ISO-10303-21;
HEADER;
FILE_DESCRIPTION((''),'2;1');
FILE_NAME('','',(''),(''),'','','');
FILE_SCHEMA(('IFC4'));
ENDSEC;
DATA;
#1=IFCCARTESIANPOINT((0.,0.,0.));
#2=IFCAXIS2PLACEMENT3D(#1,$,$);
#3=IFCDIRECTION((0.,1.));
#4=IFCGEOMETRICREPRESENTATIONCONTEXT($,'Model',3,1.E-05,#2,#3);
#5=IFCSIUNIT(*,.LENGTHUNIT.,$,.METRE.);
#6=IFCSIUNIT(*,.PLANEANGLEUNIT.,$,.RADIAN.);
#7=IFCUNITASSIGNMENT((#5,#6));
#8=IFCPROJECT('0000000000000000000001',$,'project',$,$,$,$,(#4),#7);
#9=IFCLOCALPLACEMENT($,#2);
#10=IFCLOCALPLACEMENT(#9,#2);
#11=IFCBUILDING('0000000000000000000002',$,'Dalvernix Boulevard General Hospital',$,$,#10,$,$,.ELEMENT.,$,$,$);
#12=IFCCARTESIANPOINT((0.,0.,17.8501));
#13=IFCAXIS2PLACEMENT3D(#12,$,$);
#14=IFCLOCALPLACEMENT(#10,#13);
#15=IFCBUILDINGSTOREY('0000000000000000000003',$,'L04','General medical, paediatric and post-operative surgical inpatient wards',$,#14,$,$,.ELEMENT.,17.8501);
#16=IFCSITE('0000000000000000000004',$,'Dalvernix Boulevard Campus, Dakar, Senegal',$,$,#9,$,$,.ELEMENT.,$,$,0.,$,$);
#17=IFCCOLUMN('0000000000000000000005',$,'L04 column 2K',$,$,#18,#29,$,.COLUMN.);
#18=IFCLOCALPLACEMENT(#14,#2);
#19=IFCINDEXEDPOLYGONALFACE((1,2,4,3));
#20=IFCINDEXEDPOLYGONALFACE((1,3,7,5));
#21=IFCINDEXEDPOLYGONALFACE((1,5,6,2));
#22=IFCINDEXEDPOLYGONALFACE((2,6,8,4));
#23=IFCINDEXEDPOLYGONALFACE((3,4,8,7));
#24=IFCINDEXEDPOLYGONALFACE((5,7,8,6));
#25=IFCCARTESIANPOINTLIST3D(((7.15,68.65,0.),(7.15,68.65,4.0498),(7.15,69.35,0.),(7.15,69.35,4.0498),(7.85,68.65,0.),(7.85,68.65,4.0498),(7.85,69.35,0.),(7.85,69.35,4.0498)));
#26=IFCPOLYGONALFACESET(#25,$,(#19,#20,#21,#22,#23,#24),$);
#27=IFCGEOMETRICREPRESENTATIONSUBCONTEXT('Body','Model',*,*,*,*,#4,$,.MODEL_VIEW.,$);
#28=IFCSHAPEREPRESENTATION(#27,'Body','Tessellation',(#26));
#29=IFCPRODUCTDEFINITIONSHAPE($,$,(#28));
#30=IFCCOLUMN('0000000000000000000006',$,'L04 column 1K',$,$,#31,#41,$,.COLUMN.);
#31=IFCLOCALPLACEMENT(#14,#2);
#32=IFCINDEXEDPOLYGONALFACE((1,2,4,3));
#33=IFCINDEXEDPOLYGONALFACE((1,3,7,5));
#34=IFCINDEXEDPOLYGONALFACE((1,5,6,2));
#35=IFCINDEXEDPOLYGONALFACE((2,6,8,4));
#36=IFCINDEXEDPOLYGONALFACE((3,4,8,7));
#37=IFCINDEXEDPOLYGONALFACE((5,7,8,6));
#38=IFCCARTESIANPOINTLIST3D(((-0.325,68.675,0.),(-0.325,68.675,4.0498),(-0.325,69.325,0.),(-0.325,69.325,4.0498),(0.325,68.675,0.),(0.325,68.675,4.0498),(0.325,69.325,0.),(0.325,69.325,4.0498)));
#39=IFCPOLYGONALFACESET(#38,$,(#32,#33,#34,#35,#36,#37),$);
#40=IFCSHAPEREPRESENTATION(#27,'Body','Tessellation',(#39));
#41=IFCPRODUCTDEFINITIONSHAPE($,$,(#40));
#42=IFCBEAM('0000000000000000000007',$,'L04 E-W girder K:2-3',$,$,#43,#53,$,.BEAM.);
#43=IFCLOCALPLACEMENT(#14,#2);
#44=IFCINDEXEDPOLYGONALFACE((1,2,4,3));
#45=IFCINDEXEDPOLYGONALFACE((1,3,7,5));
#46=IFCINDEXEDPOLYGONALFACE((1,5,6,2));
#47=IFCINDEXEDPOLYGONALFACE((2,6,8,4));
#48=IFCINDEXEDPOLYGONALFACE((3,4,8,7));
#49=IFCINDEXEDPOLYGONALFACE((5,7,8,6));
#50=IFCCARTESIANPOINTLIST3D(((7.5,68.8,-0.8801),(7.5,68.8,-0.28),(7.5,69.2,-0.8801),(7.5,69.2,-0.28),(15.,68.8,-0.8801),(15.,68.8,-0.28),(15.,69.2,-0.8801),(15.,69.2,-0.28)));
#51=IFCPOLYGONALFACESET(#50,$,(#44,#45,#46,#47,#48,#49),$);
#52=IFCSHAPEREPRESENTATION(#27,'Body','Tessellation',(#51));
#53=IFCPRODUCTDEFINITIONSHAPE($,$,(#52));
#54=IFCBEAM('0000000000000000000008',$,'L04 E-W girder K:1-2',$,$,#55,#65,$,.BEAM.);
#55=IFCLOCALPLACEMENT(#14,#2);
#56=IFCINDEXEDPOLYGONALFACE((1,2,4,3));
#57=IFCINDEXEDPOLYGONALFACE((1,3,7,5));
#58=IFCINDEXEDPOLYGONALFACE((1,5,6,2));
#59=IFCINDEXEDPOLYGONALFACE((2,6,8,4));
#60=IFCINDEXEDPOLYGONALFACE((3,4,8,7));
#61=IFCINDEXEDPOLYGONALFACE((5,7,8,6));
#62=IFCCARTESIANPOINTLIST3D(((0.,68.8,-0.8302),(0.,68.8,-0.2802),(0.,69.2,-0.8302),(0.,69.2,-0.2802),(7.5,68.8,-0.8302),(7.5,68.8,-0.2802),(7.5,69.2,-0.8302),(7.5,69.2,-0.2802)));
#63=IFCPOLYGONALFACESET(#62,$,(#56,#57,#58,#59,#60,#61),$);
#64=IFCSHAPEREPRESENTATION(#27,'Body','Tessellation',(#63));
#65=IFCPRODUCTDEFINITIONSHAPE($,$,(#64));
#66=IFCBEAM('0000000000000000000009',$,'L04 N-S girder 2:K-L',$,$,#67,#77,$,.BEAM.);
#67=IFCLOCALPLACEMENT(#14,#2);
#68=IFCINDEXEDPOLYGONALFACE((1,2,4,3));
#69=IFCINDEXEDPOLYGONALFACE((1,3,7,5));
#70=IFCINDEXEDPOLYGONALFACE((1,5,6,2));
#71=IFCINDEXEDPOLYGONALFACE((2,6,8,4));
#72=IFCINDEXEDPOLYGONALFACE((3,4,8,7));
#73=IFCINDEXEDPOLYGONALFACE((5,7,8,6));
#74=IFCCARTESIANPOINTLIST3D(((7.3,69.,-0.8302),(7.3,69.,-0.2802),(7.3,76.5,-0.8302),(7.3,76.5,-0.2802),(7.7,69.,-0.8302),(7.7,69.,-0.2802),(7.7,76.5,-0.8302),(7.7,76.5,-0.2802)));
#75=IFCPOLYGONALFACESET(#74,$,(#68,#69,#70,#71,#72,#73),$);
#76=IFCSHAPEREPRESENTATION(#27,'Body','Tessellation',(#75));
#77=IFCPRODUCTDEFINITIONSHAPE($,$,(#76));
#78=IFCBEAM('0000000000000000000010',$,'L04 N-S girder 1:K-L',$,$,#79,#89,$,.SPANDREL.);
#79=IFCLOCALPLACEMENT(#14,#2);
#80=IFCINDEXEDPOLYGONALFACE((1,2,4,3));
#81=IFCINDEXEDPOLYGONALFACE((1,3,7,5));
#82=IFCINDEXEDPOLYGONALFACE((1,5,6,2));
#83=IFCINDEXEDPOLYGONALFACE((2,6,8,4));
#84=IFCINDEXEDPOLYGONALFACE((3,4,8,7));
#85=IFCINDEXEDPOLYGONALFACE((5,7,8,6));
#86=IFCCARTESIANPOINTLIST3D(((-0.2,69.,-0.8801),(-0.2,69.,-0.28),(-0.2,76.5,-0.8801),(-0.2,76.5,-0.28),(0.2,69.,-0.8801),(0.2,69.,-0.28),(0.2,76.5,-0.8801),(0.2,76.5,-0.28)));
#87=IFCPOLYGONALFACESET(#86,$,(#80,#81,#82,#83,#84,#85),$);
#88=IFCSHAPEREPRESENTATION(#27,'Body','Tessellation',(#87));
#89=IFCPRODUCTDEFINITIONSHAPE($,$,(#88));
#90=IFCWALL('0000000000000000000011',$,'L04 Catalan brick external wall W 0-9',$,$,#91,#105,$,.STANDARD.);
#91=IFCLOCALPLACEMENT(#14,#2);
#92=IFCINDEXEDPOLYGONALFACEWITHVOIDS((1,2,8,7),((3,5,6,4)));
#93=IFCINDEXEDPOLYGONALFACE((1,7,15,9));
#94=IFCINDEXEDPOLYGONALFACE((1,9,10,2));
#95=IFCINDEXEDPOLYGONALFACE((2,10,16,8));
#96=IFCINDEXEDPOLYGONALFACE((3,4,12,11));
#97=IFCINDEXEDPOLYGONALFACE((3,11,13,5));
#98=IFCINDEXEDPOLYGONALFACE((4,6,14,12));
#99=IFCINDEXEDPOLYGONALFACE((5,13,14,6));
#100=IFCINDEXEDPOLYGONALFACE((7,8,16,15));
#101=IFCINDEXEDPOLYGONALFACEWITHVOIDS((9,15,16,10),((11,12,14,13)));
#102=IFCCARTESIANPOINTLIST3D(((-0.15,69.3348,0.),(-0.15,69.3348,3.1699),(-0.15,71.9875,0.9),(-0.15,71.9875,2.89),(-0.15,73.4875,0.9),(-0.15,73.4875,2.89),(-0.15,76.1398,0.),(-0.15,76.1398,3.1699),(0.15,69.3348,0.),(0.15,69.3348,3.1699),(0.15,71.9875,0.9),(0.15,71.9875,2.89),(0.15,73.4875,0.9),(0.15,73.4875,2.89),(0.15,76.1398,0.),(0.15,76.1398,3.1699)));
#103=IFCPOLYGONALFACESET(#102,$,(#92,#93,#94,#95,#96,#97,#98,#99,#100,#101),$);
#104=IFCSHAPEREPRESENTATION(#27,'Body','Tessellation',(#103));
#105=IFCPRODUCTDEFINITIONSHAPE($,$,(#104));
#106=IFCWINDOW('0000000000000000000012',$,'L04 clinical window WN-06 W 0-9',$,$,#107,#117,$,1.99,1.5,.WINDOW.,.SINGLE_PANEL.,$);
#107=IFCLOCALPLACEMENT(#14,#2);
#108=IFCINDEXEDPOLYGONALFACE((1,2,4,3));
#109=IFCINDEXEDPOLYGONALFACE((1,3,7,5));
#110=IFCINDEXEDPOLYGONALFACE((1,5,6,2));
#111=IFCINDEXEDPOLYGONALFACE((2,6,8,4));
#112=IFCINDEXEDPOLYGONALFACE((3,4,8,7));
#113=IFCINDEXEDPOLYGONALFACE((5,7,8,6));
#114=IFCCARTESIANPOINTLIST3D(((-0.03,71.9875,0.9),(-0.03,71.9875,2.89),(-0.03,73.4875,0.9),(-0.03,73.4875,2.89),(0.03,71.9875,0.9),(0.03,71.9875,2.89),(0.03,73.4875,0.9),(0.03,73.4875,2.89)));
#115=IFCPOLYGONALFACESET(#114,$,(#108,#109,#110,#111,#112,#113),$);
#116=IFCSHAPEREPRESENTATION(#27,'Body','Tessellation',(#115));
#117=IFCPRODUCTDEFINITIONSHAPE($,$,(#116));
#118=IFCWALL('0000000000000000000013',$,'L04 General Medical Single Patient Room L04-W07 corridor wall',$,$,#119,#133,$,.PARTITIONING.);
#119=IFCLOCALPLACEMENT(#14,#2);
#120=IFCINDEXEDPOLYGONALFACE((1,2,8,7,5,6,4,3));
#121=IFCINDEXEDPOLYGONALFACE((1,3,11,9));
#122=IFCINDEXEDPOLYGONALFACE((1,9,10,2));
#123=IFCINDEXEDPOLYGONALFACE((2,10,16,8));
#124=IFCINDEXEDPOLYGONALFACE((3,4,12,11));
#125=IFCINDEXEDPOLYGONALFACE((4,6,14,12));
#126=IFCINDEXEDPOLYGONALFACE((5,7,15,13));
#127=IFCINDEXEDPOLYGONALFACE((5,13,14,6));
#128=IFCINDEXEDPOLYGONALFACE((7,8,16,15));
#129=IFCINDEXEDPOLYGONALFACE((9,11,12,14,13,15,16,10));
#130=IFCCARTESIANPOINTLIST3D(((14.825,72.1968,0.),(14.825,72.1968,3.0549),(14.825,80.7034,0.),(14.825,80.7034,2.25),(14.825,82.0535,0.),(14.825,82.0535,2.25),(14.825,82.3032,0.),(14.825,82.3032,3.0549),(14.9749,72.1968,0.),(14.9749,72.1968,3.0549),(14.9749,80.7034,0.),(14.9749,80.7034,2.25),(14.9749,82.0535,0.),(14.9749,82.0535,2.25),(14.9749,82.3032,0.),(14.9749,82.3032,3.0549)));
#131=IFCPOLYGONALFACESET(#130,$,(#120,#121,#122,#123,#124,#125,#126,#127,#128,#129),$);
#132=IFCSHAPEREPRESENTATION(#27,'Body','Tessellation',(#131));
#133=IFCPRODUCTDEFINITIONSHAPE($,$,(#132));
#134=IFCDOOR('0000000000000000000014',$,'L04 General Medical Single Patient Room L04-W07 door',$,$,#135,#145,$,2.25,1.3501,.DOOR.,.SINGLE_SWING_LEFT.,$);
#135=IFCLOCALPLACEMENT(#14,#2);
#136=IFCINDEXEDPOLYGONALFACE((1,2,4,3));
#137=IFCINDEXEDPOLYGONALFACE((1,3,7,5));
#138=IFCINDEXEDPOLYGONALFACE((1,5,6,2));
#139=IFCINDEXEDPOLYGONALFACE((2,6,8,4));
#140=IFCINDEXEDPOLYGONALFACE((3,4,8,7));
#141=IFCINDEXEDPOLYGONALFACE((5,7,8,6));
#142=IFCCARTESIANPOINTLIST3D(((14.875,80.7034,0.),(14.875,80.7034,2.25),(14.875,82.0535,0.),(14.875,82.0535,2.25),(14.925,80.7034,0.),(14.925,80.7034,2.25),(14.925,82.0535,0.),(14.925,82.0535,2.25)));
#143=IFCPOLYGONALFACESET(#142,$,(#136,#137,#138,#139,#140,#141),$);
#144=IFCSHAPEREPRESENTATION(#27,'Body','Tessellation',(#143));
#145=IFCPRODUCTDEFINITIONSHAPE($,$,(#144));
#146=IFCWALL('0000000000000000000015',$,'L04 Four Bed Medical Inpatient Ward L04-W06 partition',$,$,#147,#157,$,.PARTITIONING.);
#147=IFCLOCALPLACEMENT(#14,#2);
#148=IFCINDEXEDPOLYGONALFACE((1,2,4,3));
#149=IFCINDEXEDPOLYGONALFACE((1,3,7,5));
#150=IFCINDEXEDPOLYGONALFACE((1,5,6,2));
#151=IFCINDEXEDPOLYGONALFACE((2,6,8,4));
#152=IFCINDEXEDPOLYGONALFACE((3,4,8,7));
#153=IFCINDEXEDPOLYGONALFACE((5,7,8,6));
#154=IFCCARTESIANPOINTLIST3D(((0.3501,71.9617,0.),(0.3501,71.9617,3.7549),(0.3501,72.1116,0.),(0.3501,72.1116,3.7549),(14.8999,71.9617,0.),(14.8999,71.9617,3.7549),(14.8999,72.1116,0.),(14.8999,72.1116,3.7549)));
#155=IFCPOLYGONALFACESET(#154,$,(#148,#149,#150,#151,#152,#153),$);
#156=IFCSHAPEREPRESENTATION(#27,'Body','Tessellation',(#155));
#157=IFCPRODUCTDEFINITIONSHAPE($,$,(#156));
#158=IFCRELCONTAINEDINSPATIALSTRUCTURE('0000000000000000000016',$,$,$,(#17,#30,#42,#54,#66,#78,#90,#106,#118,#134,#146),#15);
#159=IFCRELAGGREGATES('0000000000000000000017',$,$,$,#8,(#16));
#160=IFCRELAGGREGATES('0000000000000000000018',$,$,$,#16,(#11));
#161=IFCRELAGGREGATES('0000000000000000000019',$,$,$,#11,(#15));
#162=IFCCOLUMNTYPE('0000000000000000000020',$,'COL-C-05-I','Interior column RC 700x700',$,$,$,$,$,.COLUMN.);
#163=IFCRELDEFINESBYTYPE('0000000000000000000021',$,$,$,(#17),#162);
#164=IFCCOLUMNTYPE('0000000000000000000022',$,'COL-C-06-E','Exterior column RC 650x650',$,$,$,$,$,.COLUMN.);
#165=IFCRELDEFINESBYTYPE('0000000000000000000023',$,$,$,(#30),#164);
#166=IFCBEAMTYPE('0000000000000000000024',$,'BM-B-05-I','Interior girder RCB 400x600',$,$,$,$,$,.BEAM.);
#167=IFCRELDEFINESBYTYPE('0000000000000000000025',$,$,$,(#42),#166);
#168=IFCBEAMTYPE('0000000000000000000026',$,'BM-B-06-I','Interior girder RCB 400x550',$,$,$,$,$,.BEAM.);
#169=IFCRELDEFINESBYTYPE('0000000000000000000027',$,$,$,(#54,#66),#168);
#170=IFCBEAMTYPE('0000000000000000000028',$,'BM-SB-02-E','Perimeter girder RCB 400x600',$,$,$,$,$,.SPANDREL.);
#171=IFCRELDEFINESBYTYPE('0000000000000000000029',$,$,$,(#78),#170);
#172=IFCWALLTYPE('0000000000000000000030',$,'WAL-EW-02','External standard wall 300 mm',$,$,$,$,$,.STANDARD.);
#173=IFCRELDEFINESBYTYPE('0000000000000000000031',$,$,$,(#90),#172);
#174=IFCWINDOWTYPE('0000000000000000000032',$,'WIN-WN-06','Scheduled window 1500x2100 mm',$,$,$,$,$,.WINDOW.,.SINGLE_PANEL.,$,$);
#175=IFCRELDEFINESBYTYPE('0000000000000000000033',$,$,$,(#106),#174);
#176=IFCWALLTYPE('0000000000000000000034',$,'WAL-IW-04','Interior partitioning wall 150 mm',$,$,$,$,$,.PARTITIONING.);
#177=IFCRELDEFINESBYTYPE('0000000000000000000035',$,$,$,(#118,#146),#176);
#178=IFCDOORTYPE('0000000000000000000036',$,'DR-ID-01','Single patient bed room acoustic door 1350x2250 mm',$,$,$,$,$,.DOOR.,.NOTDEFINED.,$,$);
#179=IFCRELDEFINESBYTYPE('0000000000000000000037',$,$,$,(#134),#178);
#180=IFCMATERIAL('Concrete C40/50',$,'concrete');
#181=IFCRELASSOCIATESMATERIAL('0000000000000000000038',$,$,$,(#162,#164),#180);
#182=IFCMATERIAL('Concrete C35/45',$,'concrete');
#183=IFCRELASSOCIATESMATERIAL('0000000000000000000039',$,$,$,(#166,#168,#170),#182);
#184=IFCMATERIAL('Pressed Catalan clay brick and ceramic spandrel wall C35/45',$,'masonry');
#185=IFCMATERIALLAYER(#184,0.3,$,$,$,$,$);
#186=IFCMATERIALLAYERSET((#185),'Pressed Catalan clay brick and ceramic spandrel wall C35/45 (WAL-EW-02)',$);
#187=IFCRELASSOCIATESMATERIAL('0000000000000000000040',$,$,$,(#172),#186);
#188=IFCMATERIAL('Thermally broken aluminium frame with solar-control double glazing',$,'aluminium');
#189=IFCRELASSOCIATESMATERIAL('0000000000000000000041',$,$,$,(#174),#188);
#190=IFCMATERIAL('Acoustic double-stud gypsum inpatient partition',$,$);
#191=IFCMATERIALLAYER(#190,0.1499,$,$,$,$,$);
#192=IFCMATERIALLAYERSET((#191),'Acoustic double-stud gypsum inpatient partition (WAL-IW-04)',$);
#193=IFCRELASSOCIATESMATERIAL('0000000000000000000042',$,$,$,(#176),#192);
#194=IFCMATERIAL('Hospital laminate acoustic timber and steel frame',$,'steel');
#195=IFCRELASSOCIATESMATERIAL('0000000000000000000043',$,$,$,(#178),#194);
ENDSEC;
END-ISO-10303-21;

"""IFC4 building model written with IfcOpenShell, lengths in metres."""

from ifc_helpers import new_model, si_unit, direction, frame, frame_2d, origin, origin_2d, place, context, subcontext, project, spatial, rectangle, extrude, material, layer, layer_set, material_profile, profile_set, type_object, element, fill, save


model = new_model("IFC4")

# Units and contexts
model_context = context("Model", 3, precision=1e-05, world=origin(), true_north=direction((0.0, 1.0)))
body_context = subcontext(model_context, "Body", "Model", "MODEL_VIEW")
ifc_project = project(units=[si_unit("LENGTHUNIT", "METRE"), si_unit("PLANEANGLEUNIT", "RADIAN")], contexts=[model_context])

# Site, building, storey
site_placement = place(None, origin())
site = spatial("IfcSite", under=ifc_project, at=site_placement, Name="Dalvernix Boulevard Campus, Dakar, Senegal", CompositionType="ELEMENT", RefElevation=0.0)
building_placement = place(site_placement, origin())
building = spatial("IfcBuilding", under=site, at=building_placement, Name="Dalvernix Boulevard General Hospital", CompositionType="ELEMENT")
storey_placement = place(building_placement, frame((0.0, 0.0, 17.8501)))
storey = spatial("IfcBuildingStorey", under=building, at=storey_placement, Name="L04", Description="General medical, paediatric and post-operative surgical inpatient wards", CompositionType="ELEMENT", Elevation=17.8501)

# Columns
ifc_material_1 = material(Name="Concrete C40/50", Category="concrete")
ifc_material_profile_1 = material_profile(ifc_material_1, rectangle(XDim=0.7, YDim=0.7, at=origin_2d()), Name="RC 700x700")
ifc_profile_set_1 = profile_set([ifc_material_profile_1], Name="Concrete C40/50")
column_type_1 = type_object("IfcColumnType", Name="COL-C-05-I", Description="Interior column RC 700x700", PredefinedType="COLUMN", material=ifc_profile_set_1)
column_1_placement = place(storey_placement, frame((7.5, 69.0, 0.0), z_axis=(0.0, 0.0, 1.0), x_axis=(1.0, 0.0, 0.0)))
element("IfcColumn", 1, at=column_1_placement, inside=storey, type_object=column_type_1, Name="L04 column 2K", PredefinedType="COLUMN", context=body_context, shape_type="SweptSolid", body=[
    extrude(rectangle(XDim=0.7, YDim=0.7, at=origin_2d()), origin(), (0.0, 0.0, 1.0), 4.0498),
])
ifc_material_profile_2 = material_profile(ifc_material_1, rectangle(XDim=0.6499, YDim=0.6499, at=origin_2d()), Name="RC 650x650")
ifc_profile_set_2 = profile_set([ifc_material_profile_2], Name="Concrete C40/50")
column_type_2 = type_object("IfcColumnType", Name="COL-C-06-E", Description="Exterior column RC 650x650", PredefinedType="COLUMN", material=ifc_profile_set_2)
column_2_placement = place(storey_placement, frame((0.0, 69.0, 0.0), z_axis=(0.0, 0.0, 1.0), x_axis=(1.0, 0.0, 0.0)))
element("IfcColumn", 2, at=column_2_placement, inside=storey, type_object=column_type_2, Name="L04 column 1K", PredefinedType="COLUMN", context=body_context, shape_type="SweptSolid", body=[
    extrude(rectangle(XDim=0.6499, YDim=0.6499, at=origin_2d()), origin(), (0.0, 0.0, 1.0), 4.0498),
])

# Beams
ifc_material_2 = material(Name="Concrete C35/45", Category="concrete")
ifc_material_profile_3 = material_profile(ifc_material_2, rectangle(XDim=0.3999, YDim=0.6001, at=origin_2d()), Name="RCB 400x600")
ifc_profile_set_3 = profile_set([ifc_material_profile_3], Name="Concrete C35/45")
beam_type_1 = type_object("IfcBeamType", Name="BM-B-05-I", Description="Interior girder RCB 400x600", PredefinedType="BEAM", material=ifc_profile_set_3)
beam_1_placement = place(storey_placement, frame((7.5, 69.0, -0.5801), z_axis=(1.0, 0.0, 0.0), x_axis=(0.0, 1.0, 0.0)))
element("IfcBeam", 3, at=beam_1_placement, inside=storey, type_object=beam_type_1, Name="L04 E-W girder K:2-3", PredefinedType="BEAM", context=body_context, shape_type="SweptSolid", body=[
    extrude(rectangle(XDim=0.3999, YDim=0.6001, at=origin_2d()), origin(), (0.0, 0.0, 1.0), 7.5),
])
ifc_material_profile_4 = material_profile(ifc_material_2, rectangle(XDim=0.3999, YDim=0.55, at=origin_2d()), Name="RCB 400x550")
ifc_profile_set_4 = profile_set([ifc_material_profile_4], Name="Concrete C35/45")
beam_type_2 = type_object("IfcBeamType", Name="BM-B-06-I", Description="Interior girder RCB 400x550", PredefinedType="BEAM", material=ifc_profile_set_4)
for number, where, z_axis, x_axis, name in (
    (4, (0.0, 69.0, -0.5552), (1.0, 0.0, 0.0), (0.0, 1.0, 0.0), "L04 E-W girder K:1-2"),
    (5, (7.5, 69.0, -0.5552), (0.0, 1.0, 0.0), (-1.0, 0.0, 0.0), "L04 N-S girder 2:K-L"),
):
    element("IfcBeam", number, at=place(storey_placement, frame(where, z_axis=z_axis, x_axis=x_axis)), inside=storey, type_object=beam_type_2, Name=name, PredefinedType="BEAM", context=body_context, shape_type="SweptSolid", body=[
        extrude(rectangle(XDim=0.3999, YDim=0.55, at=origin_2d()), origin(), (0.0, 0.0, 1.0), 7.5),
    ])
ifc_material_profile_5 = material_profile(ifc_material_2, rectangle(XDim=0.3999, YDim=0.6001, at=origin_2d()), Name="RCB 400x600")
ifc_profile_set_5 = profile_set([ifc_material_profile_5], Name="Concrete C35/45")
beam_type_3 = type_object("IfcBeamType", Name="BM-SB-02-E", Description="Perimeter girder RCB 400x600", PredefinedType="SPANDREL", material=ifc_profile_set_5)
beam_2_placement = place(storey_placement, frame((0.0, 69.0, -0.5801), z_axis=(0.0, 1.0, 0.0), x_axis=(-1.0, 0.0, 0.0)))
element("IfcBeam", 6, at=beam_2_placement, inside=storey, type_object=beam_type_3, Name="L04 N-S girder 1:K-L", PredefinedType="SPANDREL", context=body_context, shape_type="SweptSolid", body=[
    extrude(rectangle(XDim=0.3999, YDim=0.6001, at=origin_2d()), origin(), (0.0, 0.0, 1.0), 7.5),
])

# Wall, opening, window
ifc_material_3 = material(Name="Pressed Catalan clay brick and ceramic spandrel wall C35/45", Category="masonry")
ifc_layer_1 = layer(ifc_material_3, 0.3)
ifc_layer_set_1 = layer_set([ifc_layer_1], Name="Pressed Catalan clay brick and ceramic spandrel wall C35/45 (WAL-EW-02)")
wall_type_1 = type_object("IfcWallType", Name="WAL-EW-02", Description="External standard wall 300 mm", PredefinedType="STANDARD", material=ifc_layer_set_1)
wall_1_placement = place(storey_placement, frame((0.0, 69.335, 0.0), z_axis=(0.0, 0.0, 1.0), x_axis=(0.0, 1.0, 0.0)))
wall_1 = element("IfcWall", 7, at=wall_1_placement, inside=storey, type_object=wall_type_1, Name="L04 Catalan brick external wall W 0-9", PredefinedType="STANDARD", context=body_context, shape_type="SweptSolid", body=[
    extrude(rectangle(XDim=6.8049, YDim=0.3, at=frame_2d((3.4023, 0.0))), origin(), (0.0, 0.0, 1.0), 3.1699),
])
opening_1_placement = place(wall_1_placement, frame((2.6526, 0.0, 0.8999)))
opening_1 = element("IfcOpeningElement", 8, at=opening_1_placement, cuts=wall_1, PredefinedType="OPENING", context=body_context, shape_type="SweptSolid", body=[
    extrude(rectangle(XDim=1.5, YDim=1.99, at=frame_2d((0.75, 0.9951))), frame((0.0, 0.1599, 0.0), z_axis=(0.0, -1.0, 0.0), x_axis=(1.0, 0.0, 0.0)), (0.0, 0.0, 1.0), 0.3201),
])
ifc_material_4 = material(Name="Thermally broken aluminium frame with solar-control double glazing", Category="aluminium")
window_type = type_object("IfcWindowType", Name="WIN-WN-06", Description="Scheduled window 1500x2100 mm", PartitioningType="SINGLE_PANEL", PredefinedType="WINDOW", material=ifc_material_4)
window_placement = place(opening_1_placement, origin())
window = element("IfcWindow", 9, at=window_placement, inside=storey, type_object=window_type, Name="L04 clinical window WN-06 W 0-9", OverallHeight=1.99, OverallWidth=1.5, PartitioningType="SINGLE_PANEL", PredefinedType="WINDOW", context=body_context, shape_type="SweptSolid", body=[
    extrude(rectangle(XDim=1.5, YDim=1.99, at=frame_2d((0.75, 0.9951))), frame((0.0, 0.03, 0.0), z_axis=(0.0, -1.0, 0.0), x_axis=(1.0, 0.0, 0.0)), (0.0, 0.0, 1.0), 0.0601),
])
fill(opening_1, window)

# Wall, opening, door
ifc_material_5 = material(Name="Acoustic double-stud gypsum inpatient partition")
ifc_layer_2 = layer(ifc_material_5, 0.1499)
ifc_layer_set_2 = layer_set([ifc_layer_2], Name="Acoustic double-stud gypsum inpatient partition (WAL-IW-04)")
wall_type_2 = type_object("IfcWallType", Name="WAL-IW-04", Description="Interior partitioning wall 150 mm", PredefinedType="PARTITIONING", material=ifc_layer_set_2)
wall_2_placement = place(storey_placement, frame((14.8999, 72.1968, 0.0), z_axis=(0.0, 0.0, 1.0), x_axis=(0.0, 1.0, 0.0)))
wall_2 = element("IfcWall", 10, at=wall_2_placement, inside=storey, type_object=wall_type_2, Name="L04 General Medical Single Patient Room L04-W07 corridor wall", PredefinedType="PARTITIONING", context=body_context, shape_type="SweptSolid", body=[
    extrude(rectangle(XDim=10.1064, YDim=0.1499, at=frame_2d((5.0532, 0.0))), origin(), (0.0, 0.0, 1.0), 3.0549),
])
opening_2_placement = place(wall_2_placement, frame((8.5066, 0.0, 0.0)))
opening_2 = element("IfcOpeningElement", 11, at=opening_2_placement, cuts=wall_2, PredefinedType="OPENING", context=body_context, shape_type="SweptSolid", body=[
    extrude(rectangle(XDim=1.3501, YDim=2.25, at=frame_2d((0.675, 1.125))), frame((0.0, 0.085, 0.0), z_axis=(0.0, -1.0, 0.0), x_axis=(1.0, 0.0, 0.0)), (0.0, 0.0, 1.0), 0.1699),
])
ifc_material_6 = material(Name="Hospital laminate acoustic timber and steel frame", Category="steel")
door_type_1 = type_object("IfcDoorType", Name="DR-ID-01", Description="Single patient bed room acoustic door 1350x2250 mm", OperationType="NOTDEFINED", PredefinedType="DOOR", material=ifc_material_6)
door_1_placement = place(opening_2_placement, origin())
door_1 = element("IfcDoor", 12, at=door_1_placement, inside=storey, type_object=door_type_1, Name="L04 General Medical Single Patient Room L04-W07 door", OperationType="SINGLE_SWING_LEFT", OverallHeight=2.25, OverallWidth=1.3501, PredefinedType="DOOR", context=body_context, shape_type="SweptSolid", body=[
    extrude(rectangle(XDim=1.3501, YDim=2.25, at=frame_2d((0.675, 1.125))), frame((0.0, 0.0249, 0.0), z_axis=(0.0, -1.0, 0.0), x_axis=(1.0, 0.0, 0.0)), (0.0, 0.0, 1.0), 0.05),
])
fill(opening_2, door_1)

# Wall
wall_3_placement = place(storey_placement, frame((0.3501, 72.0366, 0.0), z_axis=(0.0, 0.0, 1.0), x_axis=(1.0, 0.0, 0.0)))
element("IfcWall", 13, at=wall_3_placement, inside=storey, type_object=wall_type_2, Name="L04 Four Bed Medical Inpatient Ward L04-W06 partition", PredefinedType="PARTITIONING", context=body_context, shape_type="SweptSolid", body=[
    extrude(rectangle(XDim=14.5498, YDim=0.1499, at=frame_2d((7.2749, 0.0))), origin(), (0.0, 0.0, 1.0), 3.7549),
])

save(model, "model.ifc")
